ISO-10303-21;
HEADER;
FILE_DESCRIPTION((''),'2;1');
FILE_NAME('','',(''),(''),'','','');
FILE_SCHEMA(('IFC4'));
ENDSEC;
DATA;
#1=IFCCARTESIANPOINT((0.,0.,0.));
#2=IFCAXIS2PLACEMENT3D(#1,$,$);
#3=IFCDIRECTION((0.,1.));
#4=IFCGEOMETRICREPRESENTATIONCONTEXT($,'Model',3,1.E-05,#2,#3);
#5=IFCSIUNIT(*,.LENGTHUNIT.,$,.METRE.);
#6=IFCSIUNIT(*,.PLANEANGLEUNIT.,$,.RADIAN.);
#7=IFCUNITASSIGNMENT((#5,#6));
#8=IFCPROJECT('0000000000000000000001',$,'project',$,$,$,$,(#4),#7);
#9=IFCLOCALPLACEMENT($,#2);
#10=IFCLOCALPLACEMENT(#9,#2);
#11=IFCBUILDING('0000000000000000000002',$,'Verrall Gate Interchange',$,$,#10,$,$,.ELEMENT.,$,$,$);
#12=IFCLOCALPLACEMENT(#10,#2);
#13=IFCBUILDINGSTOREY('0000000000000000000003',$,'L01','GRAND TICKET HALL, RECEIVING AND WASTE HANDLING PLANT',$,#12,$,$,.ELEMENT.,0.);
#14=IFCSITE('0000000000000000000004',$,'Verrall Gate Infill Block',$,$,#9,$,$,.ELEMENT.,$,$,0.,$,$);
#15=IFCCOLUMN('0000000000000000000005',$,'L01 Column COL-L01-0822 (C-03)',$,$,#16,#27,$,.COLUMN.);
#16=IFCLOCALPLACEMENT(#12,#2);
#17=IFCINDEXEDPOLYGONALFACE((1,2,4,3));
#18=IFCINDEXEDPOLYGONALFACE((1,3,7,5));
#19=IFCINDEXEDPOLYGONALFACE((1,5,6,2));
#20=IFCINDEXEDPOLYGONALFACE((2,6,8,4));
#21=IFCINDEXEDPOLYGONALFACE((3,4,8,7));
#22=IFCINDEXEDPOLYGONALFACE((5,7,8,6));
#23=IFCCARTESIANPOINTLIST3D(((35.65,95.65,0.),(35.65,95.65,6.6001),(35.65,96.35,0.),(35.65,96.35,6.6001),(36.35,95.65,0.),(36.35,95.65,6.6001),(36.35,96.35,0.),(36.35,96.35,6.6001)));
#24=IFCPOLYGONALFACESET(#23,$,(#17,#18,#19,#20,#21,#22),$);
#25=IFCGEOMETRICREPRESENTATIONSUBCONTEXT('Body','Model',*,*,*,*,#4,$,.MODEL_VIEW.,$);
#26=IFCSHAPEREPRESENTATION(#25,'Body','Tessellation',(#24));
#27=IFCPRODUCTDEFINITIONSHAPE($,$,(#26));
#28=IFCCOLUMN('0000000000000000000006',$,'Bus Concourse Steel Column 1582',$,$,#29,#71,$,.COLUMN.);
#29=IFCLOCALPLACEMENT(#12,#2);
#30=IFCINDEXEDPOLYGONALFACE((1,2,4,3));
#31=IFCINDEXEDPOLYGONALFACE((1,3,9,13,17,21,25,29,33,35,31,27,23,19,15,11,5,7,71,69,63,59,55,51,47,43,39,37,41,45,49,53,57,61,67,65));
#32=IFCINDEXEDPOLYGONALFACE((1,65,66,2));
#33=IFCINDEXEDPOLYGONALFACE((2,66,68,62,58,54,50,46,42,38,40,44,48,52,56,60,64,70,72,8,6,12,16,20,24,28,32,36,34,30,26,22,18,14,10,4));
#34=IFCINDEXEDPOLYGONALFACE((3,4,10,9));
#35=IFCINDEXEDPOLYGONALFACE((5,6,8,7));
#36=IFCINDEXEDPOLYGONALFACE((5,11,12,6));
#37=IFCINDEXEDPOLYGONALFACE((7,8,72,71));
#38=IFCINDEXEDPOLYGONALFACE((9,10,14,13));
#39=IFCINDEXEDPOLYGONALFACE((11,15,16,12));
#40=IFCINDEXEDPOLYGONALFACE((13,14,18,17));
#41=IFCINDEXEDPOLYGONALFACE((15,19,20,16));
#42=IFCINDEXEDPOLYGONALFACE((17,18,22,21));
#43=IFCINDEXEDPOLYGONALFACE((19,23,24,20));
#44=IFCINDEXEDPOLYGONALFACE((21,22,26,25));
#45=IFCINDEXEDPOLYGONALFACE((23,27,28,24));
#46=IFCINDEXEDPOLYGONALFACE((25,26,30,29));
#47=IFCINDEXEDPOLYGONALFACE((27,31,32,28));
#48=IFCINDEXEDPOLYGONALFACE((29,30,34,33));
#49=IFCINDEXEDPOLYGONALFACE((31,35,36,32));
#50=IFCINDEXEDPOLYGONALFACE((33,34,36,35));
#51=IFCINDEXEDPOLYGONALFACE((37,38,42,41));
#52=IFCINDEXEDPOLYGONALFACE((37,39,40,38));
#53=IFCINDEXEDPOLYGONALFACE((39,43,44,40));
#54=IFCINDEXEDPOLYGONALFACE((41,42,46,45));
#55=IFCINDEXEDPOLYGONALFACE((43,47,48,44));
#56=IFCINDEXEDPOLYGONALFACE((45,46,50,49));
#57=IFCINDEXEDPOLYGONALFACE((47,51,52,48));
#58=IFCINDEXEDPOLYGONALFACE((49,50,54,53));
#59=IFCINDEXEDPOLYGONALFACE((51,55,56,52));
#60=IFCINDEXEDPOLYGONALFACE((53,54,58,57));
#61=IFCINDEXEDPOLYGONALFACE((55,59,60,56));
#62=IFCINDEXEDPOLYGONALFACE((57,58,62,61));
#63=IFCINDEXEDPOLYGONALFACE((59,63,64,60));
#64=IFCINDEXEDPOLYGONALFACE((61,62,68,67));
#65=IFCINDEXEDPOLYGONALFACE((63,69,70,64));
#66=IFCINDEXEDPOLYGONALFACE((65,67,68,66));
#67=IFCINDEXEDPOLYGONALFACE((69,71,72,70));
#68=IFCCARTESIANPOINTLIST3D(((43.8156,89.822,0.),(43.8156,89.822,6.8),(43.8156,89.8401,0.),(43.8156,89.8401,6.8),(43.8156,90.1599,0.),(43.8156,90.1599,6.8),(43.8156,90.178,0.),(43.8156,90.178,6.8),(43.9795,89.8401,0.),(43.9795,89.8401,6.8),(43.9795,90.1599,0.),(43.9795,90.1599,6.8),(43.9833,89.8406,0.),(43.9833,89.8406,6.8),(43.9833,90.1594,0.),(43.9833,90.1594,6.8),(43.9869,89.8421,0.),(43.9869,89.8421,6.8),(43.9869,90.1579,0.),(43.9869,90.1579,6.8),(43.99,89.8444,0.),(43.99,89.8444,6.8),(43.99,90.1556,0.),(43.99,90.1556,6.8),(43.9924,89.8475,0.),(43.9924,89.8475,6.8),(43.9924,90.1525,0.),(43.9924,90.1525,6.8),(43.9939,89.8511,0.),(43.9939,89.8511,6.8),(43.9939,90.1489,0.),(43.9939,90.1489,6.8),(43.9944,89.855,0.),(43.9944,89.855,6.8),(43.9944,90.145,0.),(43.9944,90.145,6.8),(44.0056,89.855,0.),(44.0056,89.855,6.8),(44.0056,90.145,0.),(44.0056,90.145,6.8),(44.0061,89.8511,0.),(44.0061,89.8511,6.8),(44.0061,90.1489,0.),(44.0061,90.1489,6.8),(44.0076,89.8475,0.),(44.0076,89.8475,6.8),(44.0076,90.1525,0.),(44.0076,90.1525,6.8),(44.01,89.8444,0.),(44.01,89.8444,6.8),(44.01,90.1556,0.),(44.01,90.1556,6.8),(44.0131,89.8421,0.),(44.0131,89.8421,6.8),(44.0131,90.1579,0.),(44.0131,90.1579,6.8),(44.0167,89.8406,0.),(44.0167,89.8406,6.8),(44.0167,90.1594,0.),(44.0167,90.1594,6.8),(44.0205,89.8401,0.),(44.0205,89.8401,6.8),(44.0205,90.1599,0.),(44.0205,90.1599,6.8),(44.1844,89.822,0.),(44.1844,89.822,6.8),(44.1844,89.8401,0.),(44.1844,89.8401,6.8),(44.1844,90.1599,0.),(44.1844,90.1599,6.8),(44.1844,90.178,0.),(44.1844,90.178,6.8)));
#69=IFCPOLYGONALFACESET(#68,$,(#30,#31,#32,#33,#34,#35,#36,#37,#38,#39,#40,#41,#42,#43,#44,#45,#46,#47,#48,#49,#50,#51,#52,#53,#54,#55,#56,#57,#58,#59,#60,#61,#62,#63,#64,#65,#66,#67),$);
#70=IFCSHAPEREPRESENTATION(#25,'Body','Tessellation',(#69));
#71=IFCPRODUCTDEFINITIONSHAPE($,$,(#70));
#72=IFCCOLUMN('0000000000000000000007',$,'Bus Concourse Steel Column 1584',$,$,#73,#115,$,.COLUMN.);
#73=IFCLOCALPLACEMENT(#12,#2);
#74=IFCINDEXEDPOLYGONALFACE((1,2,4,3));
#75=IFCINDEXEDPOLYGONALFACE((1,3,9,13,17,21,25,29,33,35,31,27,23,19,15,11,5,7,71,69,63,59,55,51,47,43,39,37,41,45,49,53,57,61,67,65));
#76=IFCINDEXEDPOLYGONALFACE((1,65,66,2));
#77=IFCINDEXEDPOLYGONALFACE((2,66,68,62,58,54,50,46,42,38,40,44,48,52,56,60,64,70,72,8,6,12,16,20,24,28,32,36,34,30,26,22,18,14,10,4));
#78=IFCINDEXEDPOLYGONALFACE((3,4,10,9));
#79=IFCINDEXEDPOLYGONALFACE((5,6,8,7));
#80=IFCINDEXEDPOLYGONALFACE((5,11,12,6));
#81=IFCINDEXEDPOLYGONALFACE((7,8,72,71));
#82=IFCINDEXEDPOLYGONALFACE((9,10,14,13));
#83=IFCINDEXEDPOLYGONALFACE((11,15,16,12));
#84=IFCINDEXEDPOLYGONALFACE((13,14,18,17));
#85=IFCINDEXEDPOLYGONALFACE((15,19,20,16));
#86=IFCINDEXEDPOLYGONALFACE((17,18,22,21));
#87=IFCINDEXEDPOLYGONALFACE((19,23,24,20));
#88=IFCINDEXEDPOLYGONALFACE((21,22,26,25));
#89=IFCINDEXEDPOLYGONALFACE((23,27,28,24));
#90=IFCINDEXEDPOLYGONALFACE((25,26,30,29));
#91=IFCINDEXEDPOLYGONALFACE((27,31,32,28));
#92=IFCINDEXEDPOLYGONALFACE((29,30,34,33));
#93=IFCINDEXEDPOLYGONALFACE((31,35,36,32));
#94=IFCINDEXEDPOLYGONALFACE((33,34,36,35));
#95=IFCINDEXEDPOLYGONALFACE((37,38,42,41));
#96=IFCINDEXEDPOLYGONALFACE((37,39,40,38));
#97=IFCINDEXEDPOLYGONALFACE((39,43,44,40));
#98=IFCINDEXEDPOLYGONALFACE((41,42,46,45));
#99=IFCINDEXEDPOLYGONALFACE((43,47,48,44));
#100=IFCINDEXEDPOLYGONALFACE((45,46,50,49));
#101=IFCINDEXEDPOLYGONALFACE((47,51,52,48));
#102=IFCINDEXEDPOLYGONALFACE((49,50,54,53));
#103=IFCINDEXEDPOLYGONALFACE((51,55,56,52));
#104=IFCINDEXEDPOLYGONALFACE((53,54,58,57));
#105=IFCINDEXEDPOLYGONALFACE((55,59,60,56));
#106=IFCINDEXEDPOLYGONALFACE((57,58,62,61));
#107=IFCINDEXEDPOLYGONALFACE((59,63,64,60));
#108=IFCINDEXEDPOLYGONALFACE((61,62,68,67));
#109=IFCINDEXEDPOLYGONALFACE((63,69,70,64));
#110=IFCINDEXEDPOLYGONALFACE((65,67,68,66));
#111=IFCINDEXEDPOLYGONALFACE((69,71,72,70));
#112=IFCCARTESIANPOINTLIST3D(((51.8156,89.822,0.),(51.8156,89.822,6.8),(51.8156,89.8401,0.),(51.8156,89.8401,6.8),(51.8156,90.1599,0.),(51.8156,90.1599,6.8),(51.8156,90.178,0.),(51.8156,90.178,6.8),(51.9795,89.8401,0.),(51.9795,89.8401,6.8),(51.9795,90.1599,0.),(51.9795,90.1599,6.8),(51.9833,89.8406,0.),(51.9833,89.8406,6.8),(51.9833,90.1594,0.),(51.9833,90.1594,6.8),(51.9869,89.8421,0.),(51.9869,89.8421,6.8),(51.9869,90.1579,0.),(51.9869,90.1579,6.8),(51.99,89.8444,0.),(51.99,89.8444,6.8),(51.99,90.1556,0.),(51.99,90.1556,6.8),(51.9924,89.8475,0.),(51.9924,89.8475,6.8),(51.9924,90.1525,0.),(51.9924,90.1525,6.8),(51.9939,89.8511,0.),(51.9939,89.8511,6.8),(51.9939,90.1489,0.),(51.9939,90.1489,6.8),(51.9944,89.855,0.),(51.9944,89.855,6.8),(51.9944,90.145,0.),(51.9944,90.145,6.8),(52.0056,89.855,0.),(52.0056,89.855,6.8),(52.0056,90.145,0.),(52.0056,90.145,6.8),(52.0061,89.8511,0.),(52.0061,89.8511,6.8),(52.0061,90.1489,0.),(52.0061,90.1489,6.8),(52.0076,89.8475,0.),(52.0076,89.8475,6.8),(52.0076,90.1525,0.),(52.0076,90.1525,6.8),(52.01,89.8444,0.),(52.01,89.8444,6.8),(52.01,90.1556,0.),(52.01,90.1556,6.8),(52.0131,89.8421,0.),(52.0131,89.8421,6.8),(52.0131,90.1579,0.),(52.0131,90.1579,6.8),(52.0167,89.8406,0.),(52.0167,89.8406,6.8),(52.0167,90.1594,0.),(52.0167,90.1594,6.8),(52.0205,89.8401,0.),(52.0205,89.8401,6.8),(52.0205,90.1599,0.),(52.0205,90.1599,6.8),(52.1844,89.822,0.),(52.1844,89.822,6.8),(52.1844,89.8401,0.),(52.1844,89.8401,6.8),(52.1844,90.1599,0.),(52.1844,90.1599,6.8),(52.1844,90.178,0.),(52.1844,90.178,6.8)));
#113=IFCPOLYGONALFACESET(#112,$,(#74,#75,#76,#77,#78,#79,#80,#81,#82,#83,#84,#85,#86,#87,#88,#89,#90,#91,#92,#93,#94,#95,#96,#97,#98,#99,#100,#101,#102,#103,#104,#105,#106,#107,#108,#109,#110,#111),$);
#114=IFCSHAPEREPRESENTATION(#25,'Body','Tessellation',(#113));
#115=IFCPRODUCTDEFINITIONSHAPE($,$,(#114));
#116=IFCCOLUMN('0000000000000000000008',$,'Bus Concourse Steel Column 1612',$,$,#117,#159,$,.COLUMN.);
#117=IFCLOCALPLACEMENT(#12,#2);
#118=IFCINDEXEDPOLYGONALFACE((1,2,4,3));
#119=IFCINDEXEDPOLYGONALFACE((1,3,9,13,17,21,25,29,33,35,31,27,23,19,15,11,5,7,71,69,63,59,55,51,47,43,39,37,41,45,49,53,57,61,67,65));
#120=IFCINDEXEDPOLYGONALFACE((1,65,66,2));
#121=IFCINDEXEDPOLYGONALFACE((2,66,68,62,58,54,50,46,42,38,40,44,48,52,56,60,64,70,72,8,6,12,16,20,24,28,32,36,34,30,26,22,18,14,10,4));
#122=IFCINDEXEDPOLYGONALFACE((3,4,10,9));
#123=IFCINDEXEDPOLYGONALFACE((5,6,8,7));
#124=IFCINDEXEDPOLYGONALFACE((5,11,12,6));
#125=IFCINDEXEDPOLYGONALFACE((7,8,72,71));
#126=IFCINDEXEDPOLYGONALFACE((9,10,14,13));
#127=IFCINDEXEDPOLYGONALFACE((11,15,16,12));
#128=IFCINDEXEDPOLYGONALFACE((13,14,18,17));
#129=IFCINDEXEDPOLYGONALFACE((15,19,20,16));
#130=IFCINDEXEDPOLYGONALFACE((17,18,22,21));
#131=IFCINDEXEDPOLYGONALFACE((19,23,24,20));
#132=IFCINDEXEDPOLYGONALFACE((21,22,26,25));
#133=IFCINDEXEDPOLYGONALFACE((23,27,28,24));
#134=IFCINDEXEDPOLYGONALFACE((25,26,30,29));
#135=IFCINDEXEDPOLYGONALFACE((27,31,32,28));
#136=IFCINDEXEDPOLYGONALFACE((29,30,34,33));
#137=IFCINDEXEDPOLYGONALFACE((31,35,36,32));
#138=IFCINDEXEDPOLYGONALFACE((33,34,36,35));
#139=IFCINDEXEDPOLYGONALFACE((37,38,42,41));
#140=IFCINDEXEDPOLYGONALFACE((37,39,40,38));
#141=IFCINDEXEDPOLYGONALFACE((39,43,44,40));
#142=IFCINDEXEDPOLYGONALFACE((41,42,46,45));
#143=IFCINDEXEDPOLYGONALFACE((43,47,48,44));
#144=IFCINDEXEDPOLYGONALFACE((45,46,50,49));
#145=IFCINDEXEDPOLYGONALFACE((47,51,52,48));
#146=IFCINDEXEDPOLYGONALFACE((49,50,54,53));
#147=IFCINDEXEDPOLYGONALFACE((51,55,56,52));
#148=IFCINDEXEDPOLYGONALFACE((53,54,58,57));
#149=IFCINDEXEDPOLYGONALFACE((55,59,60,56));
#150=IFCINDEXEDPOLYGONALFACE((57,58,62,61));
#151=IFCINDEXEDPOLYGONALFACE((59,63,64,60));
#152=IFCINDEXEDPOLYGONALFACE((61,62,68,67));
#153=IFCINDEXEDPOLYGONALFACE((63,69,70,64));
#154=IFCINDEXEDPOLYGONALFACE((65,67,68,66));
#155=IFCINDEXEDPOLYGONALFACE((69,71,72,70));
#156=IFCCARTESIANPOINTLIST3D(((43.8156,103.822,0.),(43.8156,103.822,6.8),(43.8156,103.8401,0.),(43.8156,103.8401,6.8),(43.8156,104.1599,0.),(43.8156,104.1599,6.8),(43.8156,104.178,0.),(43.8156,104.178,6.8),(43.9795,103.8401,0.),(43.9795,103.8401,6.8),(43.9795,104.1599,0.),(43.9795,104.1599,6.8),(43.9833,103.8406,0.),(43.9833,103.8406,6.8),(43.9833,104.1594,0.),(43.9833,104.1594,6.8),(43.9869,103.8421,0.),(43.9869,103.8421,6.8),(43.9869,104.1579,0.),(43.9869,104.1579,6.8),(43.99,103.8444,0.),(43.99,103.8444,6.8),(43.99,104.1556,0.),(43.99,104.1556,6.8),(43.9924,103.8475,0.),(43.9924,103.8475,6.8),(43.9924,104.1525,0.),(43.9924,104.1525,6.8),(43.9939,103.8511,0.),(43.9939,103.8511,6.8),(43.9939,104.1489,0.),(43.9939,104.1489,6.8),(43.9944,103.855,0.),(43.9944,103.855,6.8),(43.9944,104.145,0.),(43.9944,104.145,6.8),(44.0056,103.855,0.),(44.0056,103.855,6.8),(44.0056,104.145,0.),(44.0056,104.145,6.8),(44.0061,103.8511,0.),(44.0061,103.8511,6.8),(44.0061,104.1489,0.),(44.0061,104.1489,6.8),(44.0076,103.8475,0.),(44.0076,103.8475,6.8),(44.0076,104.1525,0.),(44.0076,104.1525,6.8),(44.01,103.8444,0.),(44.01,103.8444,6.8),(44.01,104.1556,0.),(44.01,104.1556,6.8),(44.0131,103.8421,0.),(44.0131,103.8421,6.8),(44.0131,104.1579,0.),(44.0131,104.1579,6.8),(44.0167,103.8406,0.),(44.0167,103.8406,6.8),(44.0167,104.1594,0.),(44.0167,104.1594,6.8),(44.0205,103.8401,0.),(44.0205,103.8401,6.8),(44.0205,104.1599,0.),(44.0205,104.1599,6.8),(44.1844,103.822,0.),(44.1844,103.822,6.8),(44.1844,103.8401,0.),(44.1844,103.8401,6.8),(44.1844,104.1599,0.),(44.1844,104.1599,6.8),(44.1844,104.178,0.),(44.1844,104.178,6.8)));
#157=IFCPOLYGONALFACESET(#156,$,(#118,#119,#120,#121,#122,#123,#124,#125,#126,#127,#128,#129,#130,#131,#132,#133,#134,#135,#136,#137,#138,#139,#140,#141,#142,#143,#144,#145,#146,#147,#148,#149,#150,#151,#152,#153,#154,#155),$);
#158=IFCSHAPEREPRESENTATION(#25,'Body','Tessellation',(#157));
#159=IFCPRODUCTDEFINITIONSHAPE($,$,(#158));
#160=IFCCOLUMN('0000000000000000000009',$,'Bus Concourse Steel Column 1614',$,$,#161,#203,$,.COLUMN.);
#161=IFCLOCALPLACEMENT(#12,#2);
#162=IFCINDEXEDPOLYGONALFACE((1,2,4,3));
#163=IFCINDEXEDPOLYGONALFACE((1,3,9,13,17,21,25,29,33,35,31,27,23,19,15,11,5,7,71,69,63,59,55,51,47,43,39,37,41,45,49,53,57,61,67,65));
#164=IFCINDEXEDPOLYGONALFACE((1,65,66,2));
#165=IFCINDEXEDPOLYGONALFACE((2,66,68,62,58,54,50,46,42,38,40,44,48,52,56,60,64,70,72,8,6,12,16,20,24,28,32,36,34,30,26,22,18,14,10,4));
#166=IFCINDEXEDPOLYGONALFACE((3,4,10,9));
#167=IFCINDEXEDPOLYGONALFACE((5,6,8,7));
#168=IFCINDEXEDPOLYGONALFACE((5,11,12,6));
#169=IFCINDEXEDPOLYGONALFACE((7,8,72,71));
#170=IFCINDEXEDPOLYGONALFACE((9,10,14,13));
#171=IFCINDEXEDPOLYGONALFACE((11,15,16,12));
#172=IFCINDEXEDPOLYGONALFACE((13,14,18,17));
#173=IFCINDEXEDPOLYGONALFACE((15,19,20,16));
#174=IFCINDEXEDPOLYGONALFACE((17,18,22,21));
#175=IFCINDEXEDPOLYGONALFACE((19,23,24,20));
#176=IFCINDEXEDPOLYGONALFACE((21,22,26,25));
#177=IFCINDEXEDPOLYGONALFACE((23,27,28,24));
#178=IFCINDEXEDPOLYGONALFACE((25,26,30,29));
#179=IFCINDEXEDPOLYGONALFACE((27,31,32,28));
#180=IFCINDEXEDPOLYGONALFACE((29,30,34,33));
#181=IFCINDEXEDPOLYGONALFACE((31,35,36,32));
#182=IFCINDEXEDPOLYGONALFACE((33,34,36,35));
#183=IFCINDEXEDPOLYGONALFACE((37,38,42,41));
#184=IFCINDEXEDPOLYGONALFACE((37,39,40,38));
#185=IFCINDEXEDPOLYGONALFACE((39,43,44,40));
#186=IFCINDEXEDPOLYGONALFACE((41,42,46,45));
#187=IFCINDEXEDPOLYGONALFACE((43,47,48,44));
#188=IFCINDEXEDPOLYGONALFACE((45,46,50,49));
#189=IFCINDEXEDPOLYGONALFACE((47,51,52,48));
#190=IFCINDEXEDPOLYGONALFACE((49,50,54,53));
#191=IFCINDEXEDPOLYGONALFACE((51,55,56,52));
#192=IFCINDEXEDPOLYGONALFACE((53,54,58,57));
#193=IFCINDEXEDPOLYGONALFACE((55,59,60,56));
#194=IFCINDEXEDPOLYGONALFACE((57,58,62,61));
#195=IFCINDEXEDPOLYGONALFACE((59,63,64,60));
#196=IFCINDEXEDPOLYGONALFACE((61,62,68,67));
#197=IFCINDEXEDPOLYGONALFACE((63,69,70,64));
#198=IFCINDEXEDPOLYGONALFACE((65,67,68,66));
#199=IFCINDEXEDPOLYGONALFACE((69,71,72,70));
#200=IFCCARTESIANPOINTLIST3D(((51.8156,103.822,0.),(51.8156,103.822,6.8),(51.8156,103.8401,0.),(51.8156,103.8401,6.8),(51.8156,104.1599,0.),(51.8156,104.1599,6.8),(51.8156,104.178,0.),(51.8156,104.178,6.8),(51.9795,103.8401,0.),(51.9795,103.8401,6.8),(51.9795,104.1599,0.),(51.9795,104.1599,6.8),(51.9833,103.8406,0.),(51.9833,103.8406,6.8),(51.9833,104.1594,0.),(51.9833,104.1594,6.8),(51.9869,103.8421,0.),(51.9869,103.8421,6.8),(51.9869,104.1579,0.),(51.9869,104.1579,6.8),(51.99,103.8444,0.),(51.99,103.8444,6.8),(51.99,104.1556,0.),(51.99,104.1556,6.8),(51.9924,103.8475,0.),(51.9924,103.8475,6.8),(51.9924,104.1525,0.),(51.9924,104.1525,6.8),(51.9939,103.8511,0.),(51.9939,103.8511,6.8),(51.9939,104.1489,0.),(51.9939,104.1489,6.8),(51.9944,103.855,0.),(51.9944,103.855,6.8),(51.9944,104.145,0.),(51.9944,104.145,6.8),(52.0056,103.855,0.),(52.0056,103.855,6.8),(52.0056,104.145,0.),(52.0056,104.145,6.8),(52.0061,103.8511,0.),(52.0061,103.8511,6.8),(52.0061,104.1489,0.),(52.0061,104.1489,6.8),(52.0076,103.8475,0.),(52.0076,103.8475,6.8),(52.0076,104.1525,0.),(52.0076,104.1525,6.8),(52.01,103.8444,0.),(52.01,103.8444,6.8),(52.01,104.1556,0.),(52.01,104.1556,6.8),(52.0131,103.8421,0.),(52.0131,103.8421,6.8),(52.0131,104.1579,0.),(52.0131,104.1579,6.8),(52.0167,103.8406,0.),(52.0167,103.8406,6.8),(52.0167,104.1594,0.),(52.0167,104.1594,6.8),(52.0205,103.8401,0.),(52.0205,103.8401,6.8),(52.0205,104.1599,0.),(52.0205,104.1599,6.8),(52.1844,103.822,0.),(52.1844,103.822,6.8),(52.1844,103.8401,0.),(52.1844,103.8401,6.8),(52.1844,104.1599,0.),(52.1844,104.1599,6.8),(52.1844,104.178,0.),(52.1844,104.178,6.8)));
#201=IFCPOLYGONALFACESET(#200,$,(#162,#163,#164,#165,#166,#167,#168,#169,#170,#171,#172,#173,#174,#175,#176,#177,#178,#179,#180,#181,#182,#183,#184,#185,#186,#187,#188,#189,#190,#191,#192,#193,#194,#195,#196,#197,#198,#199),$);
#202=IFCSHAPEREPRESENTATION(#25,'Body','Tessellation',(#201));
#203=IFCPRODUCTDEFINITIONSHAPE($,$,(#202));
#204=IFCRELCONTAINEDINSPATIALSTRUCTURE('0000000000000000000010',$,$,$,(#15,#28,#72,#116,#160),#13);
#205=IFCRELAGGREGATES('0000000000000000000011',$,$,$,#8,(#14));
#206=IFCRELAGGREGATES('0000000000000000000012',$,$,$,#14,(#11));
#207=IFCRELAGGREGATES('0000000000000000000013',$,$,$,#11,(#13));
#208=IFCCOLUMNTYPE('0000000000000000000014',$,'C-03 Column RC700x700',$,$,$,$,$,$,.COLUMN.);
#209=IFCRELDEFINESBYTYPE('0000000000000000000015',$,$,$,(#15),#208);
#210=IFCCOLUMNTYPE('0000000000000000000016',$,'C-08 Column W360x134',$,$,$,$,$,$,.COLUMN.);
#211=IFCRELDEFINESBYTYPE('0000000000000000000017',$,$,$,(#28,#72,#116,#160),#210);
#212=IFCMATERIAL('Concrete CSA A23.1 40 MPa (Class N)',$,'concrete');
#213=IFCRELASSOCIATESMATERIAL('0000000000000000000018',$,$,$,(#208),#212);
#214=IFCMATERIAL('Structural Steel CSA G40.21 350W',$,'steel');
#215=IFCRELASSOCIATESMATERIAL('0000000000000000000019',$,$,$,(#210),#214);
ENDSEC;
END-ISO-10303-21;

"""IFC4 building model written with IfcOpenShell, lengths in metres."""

from ifc_helpers import new_model, si_unit, direction, frame, origin, origin_2d, place, context, subcontext, project, spatial, rectangle, i_section, extrude, material, material_profile, profile_set, type_object, element, save


model = new_model("IFC4")

# Units and contexts
model_context = context("Model", 3, precision=1e-05, world=origin(), true_north=direction((0.0, 1.0)))
body_context = subcontext(model_context, "Body", "Model", "MODEL_VIEW")
ifc_project = project(units=[si_unit("LENGTHUNIT", "METRE"), si_unit("PLANEANGLEUNIT", "RADIAN")], contexts=[model_context])

# Site, building, storey
site_placement = place(None, origin())
site = spatial("IfcSite", under=ifc_project, at=site_placement, Name="Verrall Gate Infill Block", CompositionType="ELEMENT", RefElevation=0.0)
building_placement = place(site_placement, origin())
building = spatial("IfcBuilding", under=site, at=building_placement, Name="Verrall Gate Interchange", CompositionType="ELEMENT")
storey_placement = place(building_placement, origin())
storey = spatial("IfcBuildingStorey", under=building, at=storey_placement, Name="L01", Description="GRAND TICKET HALL, RECEIVING AND WASTE HANDLING PLANT", CompositionType="ELEMENT", Elevation=0.0)

# Columns
ifc_material_1 = material(Name="Concrete CSA A23.1 40 MPa (Class N)", Category="concrete")
ifc_material_profile_1 = material_profile(ifc_material_1, rectangle(XDim=0.7, YDim=0.7, at=origin_2d()), Name="RC700x700")
ifc_profile_set_1 = profile_set([ifc_material_profile_1], Name="Concrete CSA A23.1 40 MPa (Class N)")
column_type_1 = type_object("IfcColumnType", Name="C-03 Column RC700x700", PredefinedType="COLUMN", material=ifc_profile_set_1)
column_placement = place(storey_placement, frame((36.0, 96.0, 0.0), z_axis=(0.0, 0.0, 1.0), x_axis=(1.0, 0.0, 0.0)))
element("IfcColumn", 1, at=column_placement, inside=storey, type_object=column_type_1, Name="L01 Column COL-L01-0822 (C-03)", PredefinedType="COLUMN", context=body_context, shape_type="SweptSolid", body=[
    extrude(rectangle(XDim=0.7, YDim=0.7, at=origin_2d()), origin(), (0.0, 0.0, 1.0), 6.6001),
])
ifc_material_2 = material(Name="Structural Steel CSA G40.21 350W", Category="steel")
ifc_material_profile_2 = material_profile(ifc_material_2, i_section(OverallWidth=0.3689, OverallDepth=0.356, WebThickness=0.0112, FlangeThickness=0.0181, FilletRadius=0.0149, at=origin_2d()), Name="W360x134")
ifc_profile_set_2 = profile_set([ifc_material_profile_2], Name="Structural Steel CSA G40.21 350W")
column_type_2 = type_object("IfcColumnType", Name="C-08 Column W360x134", PredefinedType="COLUMN", material=ifc_profile_set_2)
for number, where, z_axis, x_axis, name in (
    (2, (44.0, 90.0, 0.0), (0.0, 0.0, 1.0), (1.0, 0.0, 0.0), "Bus Concourse Steel Column 1582"),
    (3, (52.0, 90.0, 0.0), (0.0, 0.0, 1.0), (1.0, 0.0, 0.0), "Bus Concourse Steel Column 1584"),
    (4, (44.0, 104.0, 0.0), (0.0, 0.0, 1.0), (1.0, 0.0, 0.0), "Bus Concourse Steel Column 1612"),
    (5, (52.0, 104.0, 0.0), (0.0, 0.0, 1.0), (1.0, 0.0, 0.0), "Bus Concourse Steel Column 1614"),
):
    element("IfcColumn", number, at=place(storey_placement, frame(where, z_axis=z_axis, x_axis=x_axis)), inside=storey, type_object=column_type_2, Name=name, PredefinedType="COLUMN", context=body_context, shape_type="SweptSolid", body=[
        extrude(i_section(OverallWidth=0.3689, OverallDepth=0.356, WebThickness=0.0112, FlangeThickness=0.0181, FilletRadius=0.0149, at=origin_2d()), origin(), (0.0, 0.0, 1.0), 6.8),
    ])

save(model, "model.ifc")
